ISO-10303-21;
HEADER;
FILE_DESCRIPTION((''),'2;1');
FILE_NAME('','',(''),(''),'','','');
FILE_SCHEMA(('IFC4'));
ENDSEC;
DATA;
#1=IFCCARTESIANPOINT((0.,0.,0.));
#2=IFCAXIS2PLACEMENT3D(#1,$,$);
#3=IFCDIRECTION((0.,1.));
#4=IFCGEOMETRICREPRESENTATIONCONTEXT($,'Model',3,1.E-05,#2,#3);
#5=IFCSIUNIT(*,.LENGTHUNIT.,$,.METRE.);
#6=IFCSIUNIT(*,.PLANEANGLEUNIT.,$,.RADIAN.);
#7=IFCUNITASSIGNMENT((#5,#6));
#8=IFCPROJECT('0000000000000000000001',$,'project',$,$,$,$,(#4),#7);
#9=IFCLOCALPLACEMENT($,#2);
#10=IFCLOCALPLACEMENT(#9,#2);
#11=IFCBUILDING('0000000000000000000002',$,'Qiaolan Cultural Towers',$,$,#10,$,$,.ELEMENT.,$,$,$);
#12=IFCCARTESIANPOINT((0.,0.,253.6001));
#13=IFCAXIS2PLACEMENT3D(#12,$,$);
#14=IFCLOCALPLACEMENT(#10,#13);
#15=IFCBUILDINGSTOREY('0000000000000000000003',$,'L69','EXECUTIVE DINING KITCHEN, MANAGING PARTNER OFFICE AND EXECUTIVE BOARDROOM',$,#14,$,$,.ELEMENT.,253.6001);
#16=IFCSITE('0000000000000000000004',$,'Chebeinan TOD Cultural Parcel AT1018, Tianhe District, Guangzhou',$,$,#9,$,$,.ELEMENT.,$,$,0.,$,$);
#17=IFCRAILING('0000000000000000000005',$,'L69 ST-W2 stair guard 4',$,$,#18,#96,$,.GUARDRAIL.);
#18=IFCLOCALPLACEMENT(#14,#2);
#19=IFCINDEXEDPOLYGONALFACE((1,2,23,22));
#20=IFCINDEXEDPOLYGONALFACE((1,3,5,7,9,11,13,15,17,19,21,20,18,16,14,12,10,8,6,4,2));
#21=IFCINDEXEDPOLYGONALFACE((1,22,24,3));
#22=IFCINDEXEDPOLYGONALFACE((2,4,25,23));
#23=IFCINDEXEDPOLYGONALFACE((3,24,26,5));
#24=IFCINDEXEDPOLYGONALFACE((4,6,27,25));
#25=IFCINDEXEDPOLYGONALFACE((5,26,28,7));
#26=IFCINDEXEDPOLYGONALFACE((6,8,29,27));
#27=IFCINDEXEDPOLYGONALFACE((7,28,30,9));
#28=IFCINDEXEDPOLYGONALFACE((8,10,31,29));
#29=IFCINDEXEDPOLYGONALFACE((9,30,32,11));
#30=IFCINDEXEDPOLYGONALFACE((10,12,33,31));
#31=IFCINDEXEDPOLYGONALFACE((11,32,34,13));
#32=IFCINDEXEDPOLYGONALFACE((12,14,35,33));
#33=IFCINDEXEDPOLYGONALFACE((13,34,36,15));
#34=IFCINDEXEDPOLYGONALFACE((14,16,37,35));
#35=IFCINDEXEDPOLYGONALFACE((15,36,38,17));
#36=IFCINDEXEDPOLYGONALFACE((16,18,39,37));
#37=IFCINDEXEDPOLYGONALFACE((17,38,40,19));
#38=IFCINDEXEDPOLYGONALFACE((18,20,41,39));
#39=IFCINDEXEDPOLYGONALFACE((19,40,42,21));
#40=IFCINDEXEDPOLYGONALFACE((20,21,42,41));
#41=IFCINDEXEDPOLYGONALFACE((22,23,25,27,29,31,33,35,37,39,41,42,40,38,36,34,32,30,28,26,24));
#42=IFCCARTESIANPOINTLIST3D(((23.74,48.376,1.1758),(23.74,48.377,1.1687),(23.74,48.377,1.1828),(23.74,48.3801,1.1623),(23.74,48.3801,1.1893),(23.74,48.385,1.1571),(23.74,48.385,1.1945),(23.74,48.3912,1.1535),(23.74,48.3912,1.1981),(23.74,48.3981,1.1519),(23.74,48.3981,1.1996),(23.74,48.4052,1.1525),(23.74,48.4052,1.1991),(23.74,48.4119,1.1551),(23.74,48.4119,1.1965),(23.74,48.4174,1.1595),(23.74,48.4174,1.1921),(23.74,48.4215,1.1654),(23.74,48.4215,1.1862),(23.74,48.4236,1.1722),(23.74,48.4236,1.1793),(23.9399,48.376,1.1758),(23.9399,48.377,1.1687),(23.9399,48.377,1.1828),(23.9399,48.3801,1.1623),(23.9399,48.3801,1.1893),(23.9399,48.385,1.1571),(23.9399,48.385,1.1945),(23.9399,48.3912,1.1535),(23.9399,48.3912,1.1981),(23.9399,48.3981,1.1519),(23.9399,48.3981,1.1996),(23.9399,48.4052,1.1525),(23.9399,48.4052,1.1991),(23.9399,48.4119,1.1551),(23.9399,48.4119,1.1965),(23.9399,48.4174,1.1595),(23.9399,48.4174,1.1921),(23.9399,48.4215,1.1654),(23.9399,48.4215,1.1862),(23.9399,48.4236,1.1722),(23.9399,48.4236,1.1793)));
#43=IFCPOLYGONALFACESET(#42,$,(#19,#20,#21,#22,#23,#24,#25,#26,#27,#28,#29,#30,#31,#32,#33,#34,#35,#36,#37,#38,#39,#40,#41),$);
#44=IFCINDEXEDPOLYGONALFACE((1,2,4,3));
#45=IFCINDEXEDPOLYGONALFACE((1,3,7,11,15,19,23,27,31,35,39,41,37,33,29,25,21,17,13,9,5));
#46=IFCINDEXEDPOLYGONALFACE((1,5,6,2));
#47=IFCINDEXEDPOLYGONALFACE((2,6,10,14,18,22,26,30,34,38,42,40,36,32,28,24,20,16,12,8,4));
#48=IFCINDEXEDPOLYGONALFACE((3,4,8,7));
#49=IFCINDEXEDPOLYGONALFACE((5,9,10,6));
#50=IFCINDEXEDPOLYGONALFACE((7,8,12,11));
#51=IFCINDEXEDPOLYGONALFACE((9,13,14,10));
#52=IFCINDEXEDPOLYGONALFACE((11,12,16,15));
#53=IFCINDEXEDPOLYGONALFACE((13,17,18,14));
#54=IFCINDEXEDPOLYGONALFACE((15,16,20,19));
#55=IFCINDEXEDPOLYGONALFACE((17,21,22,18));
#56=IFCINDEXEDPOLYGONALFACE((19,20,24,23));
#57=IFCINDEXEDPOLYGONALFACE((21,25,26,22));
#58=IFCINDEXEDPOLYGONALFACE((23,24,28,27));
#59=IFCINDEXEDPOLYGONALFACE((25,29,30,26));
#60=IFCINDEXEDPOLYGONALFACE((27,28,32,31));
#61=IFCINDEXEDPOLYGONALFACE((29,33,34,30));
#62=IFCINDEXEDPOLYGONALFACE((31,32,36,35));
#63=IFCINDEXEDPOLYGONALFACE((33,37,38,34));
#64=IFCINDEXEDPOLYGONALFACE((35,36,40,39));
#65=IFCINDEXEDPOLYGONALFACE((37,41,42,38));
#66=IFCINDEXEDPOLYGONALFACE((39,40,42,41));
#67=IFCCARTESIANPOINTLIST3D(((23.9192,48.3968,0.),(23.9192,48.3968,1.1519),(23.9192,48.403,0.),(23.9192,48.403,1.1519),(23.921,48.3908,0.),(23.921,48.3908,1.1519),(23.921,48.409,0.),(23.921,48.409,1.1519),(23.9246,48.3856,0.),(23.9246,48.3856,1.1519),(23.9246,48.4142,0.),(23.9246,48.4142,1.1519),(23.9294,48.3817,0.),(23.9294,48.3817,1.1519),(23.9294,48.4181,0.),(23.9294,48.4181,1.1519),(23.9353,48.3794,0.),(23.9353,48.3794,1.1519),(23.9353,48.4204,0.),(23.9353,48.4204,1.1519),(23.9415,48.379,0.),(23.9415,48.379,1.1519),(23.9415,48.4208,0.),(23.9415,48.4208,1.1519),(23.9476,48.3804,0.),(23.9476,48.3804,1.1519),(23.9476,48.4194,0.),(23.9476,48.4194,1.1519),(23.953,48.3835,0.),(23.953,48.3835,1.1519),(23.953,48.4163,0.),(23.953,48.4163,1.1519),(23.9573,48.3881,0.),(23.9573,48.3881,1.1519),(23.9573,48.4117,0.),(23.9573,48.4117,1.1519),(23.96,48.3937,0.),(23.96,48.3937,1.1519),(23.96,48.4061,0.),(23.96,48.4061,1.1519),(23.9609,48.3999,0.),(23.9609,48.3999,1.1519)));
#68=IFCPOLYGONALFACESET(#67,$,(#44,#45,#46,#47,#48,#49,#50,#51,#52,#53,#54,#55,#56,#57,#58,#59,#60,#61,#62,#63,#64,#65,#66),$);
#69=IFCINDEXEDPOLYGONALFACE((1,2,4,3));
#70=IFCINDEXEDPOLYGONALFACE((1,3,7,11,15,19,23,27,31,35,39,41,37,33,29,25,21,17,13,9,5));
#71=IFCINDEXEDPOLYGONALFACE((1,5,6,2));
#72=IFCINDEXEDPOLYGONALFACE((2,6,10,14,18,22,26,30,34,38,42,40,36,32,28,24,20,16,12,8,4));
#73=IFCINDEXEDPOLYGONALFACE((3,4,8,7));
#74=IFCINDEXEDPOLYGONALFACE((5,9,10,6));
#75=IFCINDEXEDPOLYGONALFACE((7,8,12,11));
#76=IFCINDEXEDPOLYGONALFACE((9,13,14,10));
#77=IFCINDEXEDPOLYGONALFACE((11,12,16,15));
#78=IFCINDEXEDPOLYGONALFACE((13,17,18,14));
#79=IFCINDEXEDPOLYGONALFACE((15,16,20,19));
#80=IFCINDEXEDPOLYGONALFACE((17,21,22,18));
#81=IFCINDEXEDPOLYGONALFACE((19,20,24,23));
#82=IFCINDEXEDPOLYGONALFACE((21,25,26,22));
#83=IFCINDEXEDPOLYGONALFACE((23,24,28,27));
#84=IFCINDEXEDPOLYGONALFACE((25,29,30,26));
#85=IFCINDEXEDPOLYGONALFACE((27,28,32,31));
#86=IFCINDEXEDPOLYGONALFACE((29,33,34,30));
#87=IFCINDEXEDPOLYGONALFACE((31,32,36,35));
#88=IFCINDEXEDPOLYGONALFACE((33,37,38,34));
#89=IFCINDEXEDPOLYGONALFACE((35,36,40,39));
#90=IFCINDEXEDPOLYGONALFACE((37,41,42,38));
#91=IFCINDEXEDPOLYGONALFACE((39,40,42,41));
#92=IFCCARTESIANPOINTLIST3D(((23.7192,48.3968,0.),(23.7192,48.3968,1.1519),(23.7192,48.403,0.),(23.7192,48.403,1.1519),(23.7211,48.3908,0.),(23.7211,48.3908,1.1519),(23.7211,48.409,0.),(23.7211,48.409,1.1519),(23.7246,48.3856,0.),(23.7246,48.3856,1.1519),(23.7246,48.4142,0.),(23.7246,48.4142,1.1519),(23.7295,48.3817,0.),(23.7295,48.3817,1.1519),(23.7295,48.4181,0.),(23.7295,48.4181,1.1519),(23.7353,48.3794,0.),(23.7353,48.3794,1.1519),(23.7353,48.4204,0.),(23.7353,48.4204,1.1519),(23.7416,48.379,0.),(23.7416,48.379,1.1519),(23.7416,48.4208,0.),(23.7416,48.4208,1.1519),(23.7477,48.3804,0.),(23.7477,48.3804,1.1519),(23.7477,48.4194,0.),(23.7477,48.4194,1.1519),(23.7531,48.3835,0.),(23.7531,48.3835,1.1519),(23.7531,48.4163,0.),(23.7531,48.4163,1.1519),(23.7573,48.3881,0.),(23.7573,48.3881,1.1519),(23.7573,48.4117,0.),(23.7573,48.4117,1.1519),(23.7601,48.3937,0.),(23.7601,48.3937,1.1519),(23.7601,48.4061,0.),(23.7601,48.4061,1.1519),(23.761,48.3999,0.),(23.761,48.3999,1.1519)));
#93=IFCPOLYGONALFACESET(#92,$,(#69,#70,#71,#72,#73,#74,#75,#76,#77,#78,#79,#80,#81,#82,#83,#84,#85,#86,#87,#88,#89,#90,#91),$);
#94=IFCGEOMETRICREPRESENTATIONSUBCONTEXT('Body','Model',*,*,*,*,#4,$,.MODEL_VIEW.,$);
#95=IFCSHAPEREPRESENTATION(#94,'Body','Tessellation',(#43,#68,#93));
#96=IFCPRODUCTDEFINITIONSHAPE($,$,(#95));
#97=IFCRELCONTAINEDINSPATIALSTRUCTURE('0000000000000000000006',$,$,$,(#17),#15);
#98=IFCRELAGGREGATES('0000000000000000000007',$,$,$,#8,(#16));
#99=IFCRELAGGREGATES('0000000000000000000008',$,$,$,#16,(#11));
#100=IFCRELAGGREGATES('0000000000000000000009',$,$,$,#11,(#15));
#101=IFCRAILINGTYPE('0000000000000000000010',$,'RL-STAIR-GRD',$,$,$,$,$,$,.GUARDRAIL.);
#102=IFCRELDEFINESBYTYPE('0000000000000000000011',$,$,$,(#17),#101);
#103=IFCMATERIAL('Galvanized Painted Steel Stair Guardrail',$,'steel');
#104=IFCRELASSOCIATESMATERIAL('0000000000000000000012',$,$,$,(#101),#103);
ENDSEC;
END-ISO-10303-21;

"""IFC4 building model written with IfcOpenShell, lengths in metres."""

from ifc_helpers import new_model, si_unit, direction, frame, origin, origin_2d, place, context, subcontext, project, spatial, circle, extrude, material, type_object, element, save


model = new_model("IFC4")

# Units and contexts
model_context = context("Model", 3, precision=1e-05, world=origin(), true_north=direction((0.0, 1.0)))
body_context = subcontext(model_context, "Body", "Model", "MODEL_VIEW")
ifc_project = project(units=[si_unit("LENGTHUNIT", "METRE"), si_unit("PLANEANGLEUNIT", "RADIAN")], contexts=[model_context])

# Site, building, storey
site_placement = place(None, origin())
site = spatial("IfcSite", under=ifc_project, at=site_placement, Name="Chebeinan TOD Cultural Parcel AT1018, Tianhe District, Guangzhou", CompositionType="ELEMENT", RefElevation=0.0)
building_placement = place(site_placement, origin())
building = spatial("IfcBuilding", under=site, at=building_placement, Name="Qiaolan Cultural Towers", CompositionType="ELEMENT")
storey_placement = place(building_placement, frame((0.0, 0.0, 253.6001)))
storey = spatial("IfcBuildingStorey", under=building, at=storey_placement, Name="L69", Description="EXECUTIVE DINING KITCHEN, MANAGING PARTNER OFFICE AND EXECUTIVE BOARDROOM", CompositionType="ELEMENT", Elevation=253.6001)

# Railing
ifc_material_1 = material(Name="Galvanized Painted Steel Stair Guardrail", Category="steel")
railing_type_1 = type_object("IfcRailingType", Name="RL-STAIR-GRD", PredefinedType="GUARDRAIL", material=ifc_material_1)
railing_1_placement = place(storey_placement, frame((23.9399, 48.3999, 0.0)))
element("IfcRailing", 1, at=railing_1_placement, inside=storey, type_object=railing_type_1, Name="L69 ST-W2 stair guard 4", PredefinedType="GUARDRAIL", context=body_context, shape_type="SweptSolid", body=[
    extrude(circle(Radius=0.0239, at=origin_2d()), frame((0.0, 0.0, 1.1758), z_axis=(-1.0, 0.0, 0.0), x_axis=(0.0, -1.0, 0.0)), (0.0, 0.0, 1.0), 0.2),
    extrude(circle(Radius=0.021, at=origin_2d()), origin(), (0.0, 0.0, 1.0), 1.1519),
    extrude(circle(Radius=0.021, at=origin_2d()), frame((-0.2, 0.0, 0.0)), (0.0, 0.0, 1.0), 1.1519),
])

save(model, "model.ifc")
